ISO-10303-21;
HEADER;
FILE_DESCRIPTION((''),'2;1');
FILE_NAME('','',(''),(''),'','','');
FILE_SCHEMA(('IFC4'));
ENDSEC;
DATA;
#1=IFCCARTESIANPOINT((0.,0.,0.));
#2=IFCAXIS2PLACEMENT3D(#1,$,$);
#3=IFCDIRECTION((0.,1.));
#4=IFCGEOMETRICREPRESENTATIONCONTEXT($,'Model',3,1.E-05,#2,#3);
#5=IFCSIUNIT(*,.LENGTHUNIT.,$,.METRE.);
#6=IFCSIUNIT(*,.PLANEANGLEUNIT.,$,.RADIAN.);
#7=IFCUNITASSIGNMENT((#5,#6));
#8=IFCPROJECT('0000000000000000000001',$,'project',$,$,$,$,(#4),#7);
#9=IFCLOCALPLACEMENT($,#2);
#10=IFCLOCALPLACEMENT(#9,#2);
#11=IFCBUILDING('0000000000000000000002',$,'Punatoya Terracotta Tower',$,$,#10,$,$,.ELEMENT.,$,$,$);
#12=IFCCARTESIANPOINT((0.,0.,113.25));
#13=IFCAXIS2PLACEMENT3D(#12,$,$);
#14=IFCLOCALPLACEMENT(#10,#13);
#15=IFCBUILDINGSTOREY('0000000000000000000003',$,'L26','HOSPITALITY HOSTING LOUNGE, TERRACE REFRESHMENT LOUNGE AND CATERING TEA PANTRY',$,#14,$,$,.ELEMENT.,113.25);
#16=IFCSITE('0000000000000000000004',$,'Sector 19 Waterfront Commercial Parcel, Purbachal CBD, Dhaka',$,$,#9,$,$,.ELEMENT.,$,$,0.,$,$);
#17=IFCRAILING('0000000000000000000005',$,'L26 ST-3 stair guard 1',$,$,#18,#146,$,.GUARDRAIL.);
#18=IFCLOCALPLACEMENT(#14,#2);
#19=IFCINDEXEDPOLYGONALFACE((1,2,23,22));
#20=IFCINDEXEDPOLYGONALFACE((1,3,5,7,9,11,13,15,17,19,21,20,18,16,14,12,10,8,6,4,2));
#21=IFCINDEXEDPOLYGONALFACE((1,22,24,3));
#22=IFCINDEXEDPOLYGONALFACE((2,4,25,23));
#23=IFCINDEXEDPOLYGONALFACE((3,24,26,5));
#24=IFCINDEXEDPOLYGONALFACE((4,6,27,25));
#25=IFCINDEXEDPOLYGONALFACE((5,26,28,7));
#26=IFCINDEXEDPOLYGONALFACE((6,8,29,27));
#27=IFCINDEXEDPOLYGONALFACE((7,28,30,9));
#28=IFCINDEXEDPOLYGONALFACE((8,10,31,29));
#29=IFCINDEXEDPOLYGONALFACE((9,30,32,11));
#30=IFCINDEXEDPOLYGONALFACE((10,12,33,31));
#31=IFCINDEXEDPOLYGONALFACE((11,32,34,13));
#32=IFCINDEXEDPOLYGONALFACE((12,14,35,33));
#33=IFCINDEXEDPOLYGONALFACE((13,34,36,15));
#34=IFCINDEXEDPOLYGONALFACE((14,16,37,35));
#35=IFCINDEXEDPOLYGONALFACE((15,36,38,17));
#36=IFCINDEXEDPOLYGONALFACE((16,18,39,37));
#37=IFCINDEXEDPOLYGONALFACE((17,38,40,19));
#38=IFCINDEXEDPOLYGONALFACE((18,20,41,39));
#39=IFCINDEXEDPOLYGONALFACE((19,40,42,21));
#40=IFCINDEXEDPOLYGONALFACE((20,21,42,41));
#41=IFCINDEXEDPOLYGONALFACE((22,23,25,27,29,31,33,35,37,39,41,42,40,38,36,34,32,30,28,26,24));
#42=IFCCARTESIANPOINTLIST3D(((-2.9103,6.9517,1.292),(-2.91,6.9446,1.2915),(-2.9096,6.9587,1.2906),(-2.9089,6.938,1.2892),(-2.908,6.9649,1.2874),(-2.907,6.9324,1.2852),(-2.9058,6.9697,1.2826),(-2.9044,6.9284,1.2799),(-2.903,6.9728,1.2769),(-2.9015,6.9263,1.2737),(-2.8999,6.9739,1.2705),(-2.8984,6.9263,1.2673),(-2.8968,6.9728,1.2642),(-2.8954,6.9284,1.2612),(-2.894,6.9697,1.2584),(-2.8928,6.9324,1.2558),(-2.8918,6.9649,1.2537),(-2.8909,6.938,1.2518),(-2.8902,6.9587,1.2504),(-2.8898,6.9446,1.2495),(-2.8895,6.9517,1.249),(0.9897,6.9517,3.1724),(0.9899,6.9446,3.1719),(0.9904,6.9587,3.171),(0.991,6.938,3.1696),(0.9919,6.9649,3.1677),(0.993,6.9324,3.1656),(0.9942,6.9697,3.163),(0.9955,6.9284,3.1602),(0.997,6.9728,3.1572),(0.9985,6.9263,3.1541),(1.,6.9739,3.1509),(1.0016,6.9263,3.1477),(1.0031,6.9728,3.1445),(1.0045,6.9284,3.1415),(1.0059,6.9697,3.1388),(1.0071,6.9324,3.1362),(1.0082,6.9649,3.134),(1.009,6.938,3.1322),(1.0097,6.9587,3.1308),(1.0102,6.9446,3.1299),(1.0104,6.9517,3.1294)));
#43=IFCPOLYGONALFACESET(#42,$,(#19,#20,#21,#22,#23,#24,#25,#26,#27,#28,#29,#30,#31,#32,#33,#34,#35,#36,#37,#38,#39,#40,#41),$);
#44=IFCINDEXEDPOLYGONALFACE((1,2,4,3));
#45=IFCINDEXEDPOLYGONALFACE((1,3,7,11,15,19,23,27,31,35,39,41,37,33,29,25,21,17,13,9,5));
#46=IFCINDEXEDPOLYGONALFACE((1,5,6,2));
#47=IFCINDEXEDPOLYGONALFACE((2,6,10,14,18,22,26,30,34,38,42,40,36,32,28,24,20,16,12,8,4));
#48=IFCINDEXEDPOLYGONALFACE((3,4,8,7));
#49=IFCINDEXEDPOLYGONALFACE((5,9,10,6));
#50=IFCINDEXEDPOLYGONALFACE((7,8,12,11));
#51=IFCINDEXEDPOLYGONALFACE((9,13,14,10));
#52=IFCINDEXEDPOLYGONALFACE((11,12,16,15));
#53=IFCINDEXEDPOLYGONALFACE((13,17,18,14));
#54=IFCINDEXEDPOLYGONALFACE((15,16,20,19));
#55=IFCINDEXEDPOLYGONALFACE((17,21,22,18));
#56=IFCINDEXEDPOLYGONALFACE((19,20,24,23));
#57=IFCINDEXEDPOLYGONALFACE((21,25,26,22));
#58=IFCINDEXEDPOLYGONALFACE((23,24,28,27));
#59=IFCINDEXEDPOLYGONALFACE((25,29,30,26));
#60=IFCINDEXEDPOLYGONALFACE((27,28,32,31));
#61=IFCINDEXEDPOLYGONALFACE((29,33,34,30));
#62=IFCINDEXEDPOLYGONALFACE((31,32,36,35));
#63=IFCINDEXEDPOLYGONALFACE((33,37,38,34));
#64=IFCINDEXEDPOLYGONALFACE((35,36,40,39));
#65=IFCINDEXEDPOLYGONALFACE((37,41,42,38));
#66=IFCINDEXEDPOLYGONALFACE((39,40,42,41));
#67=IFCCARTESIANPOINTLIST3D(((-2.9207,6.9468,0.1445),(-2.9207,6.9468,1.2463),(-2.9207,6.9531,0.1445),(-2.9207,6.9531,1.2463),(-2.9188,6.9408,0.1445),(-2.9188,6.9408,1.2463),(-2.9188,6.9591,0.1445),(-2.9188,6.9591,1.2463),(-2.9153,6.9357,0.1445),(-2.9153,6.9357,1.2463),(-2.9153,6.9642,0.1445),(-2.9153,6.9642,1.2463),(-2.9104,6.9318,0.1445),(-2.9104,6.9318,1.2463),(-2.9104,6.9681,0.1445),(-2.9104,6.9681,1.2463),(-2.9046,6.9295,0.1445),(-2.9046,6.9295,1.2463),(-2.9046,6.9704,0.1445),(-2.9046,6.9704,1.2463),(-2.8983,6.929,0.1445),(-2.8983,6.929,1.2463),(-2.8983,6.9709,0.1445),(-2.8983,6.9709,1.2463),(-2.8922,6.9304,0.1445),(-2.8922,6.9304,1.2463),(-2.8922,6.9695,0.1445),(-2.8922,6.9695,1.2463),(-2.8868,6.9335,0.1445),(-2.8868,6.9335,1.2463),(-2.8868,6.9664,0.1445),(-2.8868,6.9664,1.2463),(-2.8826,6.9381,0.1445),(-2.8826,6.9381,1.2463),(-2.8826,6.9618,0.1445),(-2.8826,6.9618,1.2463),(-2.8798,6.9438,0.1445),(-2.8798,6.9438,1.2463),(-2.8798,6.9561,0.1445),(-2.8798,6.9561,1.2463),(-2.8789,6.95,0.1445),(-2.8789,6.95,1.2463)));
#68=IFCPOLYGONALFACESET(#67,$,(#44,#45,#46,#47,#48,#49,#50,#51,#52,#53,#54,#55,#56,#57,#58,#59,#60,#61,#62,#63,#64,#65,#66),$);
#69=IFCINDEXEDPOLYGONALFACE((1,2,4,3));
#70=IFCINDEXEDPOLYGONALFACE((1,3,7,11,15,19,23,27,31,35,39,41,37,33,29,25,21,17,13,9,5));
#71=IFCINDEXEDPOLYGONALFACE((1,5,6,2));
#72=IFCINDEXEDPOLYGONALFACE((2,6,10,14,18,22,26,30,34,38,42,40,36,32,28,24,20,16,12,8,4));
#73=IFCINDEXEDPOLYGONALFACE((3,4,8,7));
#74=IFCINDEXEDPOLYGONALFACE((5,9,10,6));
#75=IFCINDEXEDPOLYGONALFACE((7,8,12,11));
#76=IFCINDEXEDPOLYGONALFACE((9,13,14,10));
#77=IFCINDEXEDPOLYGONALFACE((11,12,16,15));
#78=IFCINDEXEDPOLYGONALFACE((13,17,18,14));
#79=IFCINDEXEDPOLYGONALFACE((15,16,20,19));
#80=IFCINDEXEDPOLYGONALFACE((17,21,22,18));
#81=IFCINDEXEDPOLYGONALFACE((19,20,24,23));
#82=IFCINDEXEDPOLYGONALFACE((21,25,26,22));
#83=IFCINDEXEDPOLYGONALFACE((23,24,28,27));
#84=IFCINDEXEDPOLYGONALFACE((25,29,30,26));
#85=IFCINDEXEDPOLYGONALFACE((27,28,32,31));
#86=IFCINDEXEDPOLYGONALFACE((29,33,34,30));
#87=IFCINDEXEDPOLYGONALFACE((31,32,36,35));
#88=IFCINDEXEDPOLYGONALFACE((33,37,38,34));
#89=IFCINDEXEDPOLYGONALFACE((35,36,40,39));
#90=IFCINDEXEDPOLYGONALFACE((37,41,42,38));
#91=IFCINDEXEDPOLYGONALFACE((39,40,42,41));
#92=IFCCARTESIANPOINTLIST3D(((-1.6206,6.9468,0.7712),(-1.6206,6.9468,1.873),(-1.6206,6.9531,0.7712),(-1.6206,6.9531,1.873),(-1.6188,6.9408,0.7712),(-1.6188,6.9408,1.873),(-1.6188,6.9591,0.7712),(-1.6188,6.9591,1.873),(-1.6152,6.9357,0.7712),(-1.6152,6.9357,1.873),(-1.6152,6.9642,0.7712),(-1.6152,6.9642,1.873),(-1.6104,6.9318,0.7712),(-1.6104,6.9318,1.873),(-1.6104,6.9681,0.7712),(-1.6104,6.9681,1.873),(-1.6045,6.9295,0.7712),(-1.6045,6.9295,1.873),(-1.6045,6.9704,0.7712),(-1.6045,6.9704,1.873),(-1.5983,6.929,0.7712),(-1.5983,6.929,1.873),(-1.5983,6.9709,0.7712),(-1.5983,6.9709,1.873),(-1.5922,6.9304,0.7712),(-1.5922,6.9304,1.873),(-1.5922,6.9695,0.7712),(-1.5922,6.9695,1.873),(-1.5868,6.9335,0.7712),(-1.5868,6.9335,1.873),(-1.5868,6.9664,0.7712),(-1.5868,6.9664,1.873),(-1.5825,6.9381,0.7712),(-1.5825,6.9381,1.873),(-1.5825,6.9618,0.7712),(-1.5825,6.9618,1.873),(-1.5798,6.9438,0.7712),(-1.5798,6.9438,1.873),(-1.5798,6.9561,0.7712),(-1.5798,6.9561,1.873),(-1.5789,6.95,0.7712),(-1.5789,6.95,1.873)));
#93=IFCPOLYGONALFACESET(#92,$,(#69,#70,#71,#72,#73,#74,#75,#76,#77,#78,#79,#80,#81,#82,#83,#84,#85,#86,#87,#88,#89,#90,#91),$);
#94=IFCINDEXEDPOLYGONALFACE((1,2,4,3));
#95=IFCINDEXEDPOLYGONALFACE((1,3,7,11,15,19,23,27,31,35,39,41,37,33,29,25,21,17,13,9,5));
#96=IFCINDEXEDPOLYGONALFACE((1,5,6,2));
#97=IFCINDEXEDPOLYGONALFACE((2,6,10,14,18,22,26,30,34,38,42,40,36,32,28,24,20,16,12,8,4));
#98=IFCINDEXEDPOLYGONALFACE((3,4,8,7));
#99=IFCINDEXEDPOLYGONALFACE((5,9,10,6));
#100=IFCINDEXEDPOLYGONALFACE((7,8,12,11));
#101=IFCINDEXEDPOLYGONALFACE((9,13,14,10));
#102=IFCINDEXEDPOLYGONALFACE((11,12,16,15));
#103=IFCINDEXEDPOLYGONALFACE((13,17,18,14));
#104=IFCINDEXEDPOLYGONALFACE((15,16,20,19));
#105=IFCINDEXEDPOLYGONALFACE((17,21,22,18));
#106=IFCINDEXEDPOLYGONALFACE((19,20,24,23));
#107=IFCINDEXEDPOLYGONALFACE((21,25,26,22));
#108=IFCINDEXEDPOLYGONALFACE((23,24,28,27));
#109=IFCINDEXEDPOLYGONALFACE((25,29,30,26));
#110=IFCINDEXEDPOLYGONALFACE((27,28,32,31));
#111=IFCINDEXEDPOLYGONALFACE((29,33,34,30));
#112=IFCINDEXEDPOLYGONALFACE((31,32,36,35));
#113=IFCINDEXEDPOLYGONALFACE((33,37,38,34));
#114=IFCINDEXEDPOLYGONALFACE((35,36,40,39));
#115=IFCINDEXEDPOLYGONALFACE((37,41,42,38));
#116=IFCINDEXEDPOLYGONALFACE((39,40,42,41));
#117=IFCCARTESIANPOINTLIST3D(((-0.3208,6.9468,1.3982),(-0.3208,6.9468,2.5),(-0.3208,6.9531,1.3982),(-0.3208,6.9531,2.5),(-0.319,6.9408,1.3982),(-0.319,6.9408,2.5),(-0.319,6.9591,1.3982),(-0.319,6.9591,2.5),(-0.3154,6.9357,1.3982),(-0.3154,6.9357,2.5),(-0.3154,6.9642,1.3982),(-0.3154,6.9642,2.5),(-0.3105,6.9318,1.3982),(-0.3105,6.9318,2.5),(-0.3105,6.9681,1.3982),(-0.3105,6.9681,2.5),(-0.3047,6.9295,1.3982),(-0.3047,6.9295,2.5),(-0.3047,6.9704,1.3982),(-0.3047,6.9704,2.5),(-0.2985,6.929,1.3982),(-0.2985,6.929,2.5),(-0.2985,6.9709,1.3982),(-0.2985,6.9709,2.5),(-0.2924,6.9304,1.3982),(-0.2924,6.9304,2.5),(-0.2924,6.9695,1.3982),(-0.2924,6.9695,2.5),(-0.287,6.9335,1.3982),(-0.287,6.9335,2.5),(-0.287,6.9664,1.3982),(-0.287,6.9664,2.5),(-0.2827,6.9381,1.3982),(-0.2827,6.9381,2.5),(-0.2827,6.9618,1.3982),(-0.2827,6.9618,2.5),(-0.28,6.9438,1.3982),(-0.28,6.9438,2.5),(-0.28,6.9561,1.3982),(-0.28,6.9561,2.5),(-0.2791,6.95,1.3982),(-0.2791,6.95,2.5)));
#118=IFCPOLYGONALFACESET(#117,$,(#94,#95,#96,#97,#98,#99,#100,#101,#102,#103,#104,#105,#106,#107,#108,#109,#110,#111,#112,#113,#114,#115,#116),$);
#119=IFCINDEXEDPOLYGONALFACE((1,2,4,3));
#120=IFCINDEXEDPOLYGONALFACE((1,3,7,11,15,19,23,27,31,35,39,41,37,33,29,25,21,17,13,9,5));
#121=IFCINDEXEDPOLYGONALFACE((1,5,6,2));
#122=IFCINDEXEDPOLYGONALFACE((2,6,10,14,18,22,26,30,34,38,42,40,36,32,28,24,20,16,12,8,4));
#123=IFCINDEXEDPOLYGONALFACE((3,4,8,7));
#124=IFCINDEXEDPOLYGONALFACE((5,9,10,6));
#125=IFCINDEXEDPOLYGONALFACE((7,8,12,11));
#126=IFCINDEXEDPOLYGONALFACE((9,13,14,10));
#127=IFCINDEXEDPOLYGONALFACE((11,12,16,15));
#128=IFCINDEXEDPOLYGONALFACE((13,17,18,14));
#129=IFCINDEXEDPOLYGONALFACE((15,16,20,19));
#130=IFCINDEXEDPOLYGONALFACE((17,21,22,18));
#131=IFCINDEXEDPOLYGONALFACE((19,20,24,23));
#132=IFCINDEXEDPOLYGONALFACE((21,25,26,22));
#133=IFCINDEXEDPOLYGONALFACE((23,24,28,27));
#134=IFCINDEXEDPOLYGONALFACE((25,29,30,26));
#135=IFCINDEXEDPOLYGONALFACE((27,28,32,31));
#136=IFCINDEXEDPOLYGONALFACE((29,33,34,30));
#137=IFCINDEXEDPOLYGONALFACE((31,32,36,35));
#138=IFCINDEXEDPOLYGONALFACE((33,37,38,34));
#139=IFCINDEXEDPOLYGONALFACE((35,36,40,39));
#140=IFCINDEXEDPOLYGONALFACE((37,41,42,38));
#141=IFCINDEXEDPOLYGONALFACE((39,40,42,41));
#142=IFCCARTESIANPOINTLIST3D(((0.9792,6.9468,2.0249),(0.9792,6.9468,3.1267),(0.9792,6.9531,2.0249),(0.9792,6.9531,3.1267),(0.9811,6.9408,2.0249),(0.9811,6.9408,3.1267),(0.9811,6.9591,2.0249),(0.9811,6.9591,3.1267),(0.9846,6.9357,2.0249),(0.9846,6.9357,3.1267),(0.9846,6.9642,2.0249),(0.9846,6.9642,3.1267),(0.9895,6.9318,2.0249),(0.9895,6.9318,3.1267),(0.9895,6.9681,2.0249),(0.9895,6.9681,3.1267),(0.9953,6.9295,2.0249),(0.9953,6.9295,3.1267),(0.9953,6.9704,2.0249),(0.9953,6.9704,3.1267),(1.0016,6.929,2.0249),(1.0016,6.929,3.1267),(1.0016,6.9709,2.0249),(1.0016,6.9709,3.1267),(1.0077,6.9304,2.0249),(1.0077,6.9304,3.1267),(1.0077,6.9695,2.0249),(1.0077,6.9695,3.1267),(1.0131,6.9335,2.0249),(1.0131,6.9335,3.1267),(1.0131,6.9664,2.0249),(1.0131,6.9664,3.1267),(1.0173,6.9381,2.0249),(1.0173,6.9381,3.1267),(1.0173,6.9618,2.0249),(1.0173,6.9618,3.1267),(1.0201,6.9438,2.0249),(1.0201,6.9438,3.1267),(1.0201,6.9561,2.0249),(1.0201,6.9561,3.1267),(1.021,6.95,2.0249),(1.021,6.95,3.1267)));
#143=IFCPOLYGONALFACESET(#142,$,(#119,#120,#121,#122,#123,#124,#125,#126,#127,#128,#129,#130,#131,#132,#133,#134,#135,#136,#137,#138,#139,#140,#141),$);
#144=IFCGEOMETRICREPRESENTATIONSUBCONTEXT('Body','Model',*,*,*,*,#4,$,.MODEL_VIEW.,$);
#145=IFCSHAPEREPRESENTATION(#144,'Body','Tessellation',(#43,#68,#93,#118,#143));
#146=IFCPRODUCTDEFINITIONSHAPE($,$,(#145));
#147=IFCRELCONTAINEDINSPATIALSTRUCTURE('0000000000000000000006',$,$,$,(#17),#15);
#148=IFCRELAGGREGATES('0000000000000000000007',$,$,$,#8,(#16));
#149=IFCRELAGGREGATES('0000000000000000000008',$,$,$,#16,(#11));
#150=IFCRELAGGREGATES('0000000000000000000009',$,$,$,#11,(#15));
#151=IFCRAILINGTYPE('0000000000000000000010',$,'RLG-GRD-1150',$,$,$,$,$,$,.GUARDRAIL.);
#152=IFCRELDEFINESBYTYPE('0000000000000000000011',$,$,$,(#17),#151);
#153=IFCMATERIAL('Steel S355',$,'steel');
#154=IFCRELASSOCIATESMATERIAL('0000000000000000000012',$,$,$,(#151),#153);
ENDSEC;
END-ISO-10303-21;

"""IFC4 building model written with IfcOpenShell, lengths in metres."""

from ifc_helpers import new_model, si_unit, direction, frame, origin, origin_2d, place, context, subcontext, project, spatial, circle, extrude, material, type_object, element, save


model = new_model("IFC4")

# Units and contexts
model_context = context("Model", 3, precision=1e-05, world=origin(), true_north=direction((0.0, 1.0)))
body_context = subcontext(model_context, "Body", "Model", "MODEL_VIEW")
ifc_project = project(units=[si_unit("LENGTHUNIT", "METRE"), si_unit("PLANEANGLEUNIT", "RADIAN")], contexts=[model_context])

# Site, building, storey
site_placement = place(None, origin())
site = spatial("IfcSite", under=ifc_project, at=site_placement, Name="Sector 19 Waterfront Commercial Parcel, Purbachal CBD, Dhaka", CompositionType="ELEMENT", RefElevation=0.0)
building_placement = place(site_placement, origin())
building = spatial("IfcBuilding", under=site, at=building_placement, Name="Punatoya Terracotta Tower", CompositionType="ELEMENT")
storey_placement = place(building_placement, frame((0.0, 0.0, 113.25)))
storey = spatial("IfcBuildingStorey", under=building, at=storey_placement, Name="L26", Description="HOSPITALITY HOSTING LOUNGE, TERRACE REFRESHMENT LOUNGE AND CATERING TEA PANTRY", CompositionType="ELEMENT", Elevation=113.25)

# Shared definitions
ifc_material_1 = material(Name="Steel S355", Category="steel")

# Railing
railing_type_1 = type_object("IfcRailingType", Name="RLG-GRD-1150", PredefinedType="GUARDRAIL", material=ifc_material_1)
railing_1_placement = place(storey_placement, frame((-2.8999, 6.95, 0.1445)))
element("IfcRailing", 1, at=railing_1_placement, inside=storey, type_object=railing_type_1, Name="L26 ST-3 stair guard 1", PredefinedType="GUARDRAIL", context=body_context, shape_type="SweptSolid", body=[
    extrude(circle(Radius=0.0239, at=origin_2d()), frame((0.0, 0.0, 1.126), z_axis=(0.900763, 0.0, 0.434311), x_axis=(0.0, 1.0, 0.0)), (0.0, 0.0, 1.0), 4.3296),
    extrude(circle(Radius=0.021, at=origin_2d()), origin(), (0.0, 0.0, 1.0), 1.1018),
    extrude(circle(Radius=0.021, at=origin_2d()), frame((1.3, 0.0, 0.6267)), (0.0, 0.0, 1.0), 1.1018),
    extrude(circle(Radius=0.021, at=origin_2d()), frame((2.5999, 0.0, 1.2537)), (0.0, 0.0, 1.0), 1.1018),
    extrude(circle(Radius=0.021, at=origin_2d()), frame((3.8999, 0.0, 1.8804)), (0.0, 0.0, 1.0), 1.1018),
])

save(model, "model.ifc")
